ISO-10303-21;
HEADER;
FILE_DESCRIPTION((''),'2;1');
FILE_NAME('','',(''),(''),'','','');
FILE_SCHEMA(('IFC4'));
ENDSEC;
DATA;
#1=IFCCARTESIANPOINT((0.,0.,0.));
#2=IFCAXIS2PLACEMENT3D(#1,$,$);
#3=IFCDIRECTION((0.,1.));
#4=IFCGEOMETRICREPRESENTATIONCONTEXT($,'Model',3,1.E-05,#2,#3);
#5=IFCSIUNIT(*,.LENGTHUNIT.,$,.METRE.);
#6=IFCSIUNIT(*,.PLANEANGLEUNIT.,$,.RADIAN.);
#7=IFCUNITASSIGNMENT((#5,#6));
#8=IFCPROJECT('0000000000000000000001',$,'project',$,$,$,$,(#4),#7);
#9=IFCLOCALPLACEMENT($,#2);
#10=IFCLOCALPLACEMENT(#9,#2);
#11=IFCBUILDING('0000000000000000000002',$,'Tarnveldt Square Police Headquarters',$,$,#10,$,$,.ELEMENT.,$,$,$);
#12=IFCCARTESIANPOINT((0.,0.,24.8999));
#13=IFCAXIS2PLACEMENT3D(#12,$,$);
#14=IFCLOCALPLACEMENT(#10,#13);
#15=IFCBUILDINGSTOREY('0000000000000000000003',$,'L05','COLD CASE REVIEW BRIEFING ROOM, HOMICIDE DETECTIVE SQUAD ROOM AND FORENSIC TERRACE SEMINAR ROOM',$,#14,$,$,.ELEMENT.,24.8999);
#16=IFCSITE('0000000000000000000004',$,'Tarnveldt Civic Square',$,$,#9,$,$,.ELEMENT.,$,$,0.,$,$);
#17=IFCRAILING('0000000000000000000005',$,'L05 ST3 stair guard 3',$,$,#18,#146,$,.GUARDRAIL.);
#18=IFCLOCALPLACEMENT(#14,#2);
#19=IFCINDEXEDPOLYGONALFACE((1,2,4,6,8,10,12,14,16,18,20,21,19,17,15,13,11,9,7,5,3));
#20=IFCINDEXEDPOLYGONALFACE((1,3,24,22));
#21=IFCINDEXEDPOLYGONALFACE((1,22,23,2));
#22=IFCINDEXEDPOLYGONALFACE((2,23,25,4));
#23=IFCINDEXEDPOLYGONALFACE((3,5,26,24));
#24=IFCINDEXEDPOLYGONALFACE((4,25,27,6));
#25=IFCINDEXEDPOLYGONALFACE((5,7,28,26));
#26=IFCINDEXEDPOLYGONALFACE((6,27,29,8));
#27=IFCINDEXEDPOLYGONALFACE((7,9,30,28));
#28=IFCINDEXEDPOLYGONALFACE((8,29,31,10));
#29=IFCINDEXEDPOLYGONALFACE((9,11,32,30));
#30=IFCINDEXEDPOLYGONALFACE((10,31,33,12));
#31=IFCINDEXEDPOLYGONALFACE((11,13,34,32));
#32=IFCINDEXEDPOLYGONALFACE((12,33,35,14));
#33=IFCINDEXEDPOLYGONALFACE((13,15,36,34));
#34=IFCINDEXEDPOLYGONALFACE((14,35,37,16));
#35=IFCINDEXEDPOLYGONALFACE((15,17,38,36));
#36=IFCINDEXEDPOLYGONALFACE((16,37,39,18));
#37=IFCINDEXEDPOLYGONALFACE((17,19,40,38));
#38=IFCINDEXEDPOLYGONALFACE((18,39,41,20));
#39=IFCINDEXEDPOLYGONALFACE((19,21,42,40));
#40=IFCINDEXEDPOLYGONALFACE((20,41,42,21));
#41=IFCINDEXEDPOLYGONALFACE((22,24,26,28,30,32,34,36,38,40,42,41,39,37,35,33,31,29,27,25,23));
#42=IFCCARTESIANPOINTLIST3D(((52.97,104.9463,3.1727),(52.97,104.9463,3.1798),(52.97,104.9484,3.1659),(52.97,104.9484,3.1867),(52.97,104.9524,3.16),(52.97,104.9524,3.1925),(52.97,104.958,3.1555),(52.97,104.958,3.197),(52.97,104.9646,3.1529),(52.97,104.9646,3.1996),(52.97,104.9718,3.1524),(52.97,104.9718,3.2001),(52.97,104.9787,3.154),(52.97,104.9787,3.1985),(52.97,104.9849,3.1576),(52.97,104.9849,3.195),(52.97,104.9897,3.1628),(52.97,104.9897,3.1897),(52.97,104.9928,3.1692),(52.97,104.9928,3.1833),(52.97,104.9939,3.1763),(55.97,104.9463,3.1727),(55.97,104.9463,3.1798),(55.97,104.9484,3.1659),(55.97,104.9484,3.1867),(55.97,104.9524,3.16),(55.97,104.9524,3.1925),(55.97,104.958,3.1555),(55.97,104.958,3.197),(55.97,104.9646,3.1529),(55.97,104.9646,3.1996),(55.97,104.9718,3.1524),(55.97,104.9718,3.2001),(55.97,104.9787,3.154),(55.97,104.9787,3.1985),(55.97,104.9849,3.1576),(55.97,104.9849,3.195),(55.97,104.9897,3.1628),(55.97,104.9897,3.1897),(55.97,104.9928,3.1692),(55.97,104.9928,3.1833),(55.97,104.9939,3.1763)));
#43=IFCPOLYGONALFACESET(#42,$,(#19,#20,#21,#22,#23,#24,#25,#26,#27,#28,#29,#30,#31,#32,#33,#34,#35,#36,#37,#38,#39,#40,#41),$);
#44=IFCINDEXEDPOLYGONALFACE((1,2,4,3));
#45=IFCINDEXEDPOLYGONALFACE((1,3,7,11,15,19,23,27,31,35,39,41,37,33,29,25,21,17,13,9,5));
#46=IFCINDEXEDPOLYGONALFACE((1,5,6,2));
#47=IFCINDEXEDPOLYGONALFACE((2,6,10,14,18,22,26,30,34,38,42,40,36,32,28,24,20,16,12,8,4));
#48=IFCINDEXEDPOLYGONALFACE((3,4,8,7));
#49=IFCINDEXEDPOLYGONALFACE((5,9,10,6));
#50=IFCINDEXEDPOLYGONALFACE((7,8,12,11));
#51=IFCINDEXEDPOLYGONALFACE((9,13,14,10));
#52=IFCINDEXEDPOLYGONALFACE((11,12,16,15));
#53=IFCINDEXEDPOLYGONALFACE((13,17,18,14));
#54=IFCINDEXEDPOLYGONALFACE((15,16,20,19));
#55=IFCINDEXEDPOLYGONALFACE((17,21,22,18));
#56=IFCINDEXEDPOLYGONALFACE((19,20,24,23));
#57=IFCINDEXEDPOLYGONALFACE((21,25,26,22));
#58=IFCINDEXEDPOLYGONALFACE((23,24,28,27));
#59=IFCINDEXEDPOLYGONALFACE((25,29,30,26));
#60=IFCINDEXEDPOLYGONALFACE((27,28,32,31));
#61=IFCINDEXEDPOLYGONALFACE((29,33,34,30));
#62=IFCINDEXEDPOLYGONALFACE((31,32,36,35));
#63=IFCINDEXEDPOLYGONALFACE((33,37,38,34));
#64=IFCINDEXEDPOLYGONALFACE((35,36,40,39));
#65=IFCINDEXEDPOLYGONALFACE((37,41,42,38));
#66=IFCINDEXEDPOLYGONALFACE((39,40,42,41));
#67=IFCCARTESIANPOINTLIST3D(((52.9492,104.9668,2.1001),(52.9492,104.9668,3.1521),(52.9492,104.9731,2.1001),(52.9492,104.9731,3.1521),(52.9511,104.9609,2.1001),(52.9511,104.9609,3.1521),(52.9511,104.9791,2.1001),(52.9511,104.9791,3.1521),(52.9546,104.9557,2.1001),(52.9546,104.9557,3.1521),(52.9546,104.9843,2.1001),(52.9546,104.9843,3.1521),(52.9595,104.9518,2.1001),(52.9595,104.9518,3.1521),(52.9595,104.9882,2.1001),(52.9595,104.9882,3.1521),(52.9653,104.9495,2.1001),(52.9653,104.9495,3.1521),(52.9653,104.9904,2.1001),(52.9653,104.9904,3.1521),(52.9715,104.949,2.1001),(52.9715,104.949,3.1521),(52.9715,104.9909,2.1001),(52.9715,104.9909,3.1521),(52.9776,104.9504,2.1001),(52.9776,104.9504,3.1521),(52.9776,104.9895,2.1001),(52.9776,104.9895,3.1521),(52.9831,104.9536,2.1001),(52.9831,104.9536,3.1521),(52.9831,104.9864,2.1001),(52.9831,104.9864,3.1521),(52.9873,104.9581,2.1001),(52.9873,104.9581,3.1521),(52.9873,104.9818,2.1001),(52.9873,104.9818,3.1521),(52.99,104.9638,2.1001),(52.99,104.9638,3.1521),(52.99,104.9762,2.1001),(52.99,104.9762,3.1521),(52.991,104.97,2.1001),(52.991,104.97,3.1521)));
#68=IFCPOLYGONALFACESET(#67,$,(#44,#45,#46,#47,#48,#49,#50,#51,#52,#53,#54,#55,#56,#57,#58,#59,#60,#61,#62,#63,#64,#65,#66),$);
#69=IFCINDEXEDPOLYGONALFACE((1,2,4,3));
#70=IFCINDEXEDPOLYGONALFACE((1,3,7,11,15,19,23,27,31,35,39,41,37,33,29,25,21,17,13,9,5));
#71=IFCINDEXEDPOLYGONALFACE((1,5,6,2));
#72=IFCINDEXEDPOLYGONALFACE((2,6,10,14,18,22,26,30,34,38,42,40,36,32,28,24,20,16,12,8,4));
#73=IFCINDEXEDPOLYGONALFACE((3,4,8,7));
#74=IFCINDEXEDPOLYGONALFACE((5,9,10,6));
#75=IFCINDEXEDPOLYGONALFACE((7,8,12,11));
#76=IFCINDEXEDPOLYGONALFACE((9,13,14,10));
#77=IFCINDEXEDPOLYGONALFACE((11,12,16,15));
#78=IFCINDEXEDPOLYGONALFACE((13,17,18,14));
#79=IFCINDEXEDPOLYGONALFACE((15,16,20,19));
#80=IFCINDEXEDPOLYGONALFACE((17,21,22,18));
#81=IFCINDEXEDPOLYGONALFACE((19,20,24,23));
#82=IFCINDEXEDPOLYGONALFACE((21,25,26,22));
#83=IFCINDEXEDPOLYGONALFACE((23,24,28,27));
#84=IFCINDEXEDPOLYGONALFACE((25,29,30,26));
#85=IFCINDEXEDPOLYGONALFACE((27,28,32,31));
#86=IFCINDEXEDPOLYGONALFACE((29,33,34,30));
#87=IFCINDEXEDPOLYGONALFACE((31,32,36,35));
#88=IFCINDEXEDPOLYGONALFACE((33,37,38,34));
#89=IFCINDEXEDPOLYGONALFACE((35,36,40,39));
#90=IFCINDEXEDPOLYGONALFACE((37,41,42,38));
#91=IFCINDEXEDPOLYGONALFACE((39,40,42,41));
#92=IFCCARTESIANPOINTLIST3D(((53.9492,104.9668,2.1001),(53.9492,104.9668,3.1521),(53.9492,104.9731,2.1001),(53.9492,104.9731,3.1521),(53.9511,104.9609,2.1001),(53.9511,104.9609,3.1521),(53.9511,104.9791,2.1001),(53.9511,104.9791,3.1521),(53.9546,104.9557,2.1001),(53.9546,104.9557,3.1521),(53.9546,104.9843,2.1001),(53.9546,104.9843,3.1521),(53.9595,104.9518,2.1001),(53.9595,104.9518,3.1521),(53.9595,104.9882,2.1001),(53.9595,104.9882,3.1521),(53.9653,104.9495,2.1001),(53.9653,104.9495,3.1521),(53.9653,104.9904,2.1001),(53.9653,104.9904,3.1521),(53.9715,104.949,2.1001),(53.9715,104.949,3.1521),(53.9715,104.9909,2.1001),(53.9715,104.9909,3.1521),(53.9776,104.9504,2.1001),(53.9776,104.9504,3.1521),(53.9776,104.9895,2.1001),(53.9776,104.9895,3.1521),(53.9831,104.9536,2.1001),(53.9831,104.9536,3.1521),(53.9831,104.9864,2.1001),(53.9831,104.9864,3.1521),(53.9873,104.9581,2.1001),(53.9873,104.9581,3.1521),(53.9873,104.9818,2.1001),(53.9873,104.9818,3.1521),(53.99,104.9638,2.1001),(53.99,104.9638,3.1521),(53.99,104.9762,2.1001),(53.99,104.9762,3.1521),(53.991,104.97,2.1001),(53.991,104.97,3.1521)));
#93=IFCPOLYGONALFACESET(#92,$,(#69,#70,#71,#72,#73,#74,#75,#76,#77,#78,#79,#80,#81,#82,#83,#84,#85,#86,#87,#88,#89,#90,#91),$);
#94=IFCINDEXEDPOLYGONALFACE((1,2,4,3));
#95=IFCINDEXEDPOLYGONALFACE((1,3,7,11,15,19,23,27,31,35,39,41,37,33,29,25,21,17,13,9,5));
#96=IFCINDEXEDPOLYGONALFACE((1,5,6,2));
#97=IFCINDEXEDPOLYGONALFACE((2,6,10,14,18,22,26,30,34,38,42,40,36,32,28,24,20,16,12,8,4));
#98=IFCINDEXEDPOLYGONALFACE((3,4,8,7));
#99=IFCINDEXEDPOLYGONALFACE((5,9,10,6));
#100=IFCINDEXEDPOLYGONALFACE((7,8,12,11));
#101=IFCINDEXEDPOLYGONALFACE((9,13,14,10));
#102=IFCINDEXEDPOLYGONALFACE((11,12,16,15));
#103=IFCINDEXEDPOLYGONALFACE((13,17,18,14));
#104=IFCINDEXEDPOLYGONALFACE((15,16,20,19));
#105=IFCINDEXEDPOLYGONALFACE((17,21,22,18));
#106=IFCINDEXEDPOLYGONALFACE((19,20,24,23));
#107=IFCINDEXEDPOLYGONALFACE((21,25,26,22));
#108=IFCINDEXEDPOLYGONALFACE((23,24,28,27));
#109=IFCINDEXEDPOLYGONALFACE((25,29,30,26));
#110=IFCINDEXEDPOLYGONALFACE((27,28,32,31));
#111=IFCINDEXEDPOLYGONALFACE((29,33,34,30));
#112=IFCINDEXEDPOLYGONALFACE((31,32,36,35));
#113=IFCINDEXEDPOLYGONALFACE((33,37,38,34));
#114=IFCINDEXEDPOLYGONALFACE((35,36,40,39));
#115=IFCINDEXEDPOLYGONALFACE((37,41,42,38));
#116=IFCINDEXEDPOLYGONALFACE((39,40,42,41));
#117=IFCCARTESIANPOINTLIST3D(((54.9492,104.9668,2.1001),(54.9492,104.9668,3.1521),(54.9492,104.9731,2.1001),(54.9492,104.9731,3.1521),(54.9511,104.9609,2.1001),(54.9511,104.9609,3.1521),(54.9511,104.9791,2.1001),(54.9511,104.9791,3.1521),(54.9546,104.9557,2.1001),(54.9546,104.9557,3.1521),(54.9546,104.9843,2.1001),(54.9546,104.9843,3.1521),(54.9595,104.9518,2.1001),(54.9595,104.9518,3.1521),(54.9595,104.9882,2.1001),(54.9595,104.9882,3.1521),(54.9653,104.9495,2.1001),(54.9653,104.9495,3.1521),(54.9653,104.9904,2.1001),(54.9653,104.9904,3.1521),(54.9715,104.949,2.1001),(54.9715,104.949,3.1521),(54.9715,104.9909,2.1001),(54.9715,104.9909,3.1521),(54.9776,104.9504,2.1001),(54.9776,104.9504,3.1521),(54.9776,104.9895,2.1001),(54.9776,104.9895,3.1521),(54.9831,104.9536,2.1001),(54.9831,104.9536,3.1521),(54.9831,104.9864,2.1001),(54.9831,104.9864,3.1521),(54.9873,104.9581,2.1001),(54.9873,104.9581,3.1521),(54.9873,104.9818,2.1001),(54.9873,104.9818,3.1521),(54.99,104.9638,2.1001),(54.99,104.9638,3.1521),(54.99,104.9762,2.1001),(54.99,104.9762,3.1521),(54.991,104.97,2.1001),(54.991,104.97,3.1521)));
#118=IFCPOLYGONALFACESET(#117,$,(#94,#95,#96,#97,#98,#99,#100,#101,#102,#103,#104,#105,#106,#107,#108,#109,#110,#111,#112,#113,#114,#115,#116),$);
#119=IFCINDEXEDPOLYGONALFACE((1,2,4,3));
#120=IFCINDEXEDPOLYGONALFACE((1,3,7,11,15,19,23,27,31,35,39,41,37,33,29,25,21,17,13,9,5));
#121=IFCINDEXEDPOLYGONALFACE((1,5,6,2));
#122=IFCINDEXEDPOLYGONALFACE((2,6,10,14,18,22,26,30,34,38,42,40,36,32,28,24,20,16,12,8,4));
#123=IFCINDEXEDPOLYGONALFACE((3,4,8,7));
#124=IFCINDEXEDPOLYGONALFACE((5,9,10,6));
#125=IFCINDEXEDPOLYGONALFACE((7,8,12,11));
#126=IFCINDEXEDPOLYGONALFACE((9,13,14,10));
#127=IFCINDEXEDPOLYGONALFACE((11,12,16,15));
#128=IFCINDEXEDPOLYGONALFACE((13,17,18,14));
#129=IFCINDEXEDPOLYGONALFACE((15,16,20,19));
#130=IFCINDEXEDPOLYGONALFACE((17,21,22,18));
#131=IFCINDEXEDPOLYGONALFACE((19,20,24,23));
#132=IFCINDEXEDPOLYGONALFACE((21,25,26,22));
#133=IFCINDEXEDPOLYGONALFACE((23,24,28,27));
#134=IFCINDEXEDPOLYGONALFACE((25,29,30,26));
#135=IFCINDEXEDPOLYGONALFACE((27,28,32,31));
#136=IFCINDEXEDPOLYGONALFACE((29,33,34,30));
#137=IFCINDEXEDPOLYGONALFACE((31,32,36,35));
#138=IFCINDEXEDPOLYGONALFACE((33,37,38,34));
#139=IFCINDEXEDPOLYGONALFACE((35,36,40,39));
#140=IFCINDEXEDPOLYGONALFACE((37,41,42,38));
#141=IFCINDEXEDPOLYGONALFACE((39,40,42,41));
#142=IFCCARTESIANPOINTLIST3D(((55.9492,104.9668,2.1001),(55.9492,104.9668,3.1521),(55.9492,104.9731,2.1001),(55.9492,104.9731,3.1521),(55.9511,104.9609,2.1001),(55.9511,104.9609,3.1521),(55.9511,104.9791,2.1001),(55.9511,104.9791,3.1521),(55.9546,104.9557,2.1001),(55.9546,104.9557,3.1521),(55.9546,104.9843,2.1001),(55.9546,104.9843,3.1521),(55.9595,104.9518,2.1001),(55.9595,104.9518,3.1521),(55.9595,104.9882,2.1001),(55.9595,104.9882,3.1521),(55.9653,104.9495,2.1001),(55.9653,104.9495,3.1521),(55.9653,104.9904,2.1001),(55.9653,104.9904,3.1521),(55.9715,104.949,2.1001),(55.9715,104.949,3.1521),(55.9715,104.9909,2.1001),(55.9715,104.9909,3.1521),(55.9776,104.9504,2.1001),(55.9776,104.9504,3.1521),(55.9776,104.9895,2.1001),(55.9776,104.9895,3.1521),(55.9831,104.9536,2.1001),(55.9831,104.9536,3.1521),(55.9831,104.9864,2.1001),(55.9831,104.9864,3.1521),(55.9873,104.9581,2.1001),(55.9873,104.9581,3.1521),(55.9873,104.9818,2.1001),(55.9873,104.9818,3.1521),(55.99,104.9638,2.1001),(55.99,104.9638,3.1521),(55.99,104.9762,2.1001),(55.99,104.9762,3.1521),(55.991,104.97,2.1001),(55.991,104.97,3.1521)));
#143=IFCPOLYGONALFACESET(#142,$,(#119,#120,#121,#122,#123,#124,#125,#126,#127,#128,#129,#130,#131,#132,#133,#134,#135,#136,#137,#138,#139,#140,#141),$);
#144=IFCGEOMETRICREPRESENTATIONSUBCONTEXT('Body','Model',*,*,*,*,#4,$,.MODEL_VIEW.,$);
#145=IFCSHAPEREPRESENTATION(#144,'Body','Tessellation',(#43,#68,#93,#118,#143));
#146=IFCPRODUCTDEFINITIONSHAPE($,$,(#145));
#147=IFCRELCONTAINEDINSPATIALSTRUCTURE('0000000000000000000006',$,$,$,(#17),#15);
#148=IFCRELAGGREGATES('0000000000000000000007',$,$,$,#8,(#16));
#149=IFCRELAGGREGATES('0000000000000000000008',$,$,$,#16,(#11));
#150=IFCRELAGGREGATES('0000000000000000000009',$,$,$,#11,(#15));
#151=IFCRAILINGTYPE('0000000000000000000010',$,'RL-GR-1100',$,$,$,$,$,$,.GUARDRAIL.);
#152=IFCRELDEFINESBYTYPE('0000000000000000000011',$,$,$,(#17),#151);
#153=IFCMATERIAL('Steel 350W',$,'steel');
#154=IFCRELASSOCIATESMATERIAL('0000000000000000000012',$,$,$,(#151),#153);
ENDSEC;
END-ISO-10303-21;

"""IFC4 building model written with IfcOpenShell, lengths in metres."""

from ifc_helpers import new_model, si_unit, direction, frame, origin, origin_2d, place, context, subcontext, project, spatial, circle, extrude, material, type_object, element, save


model = new_model("IFC4")

# Units and contexts
model_context = context("Model", 3, precision=1e-05, world=origin(), true_north=direction((0.0, 1.0)))
body_context = subcontext(model_context, "Body", "Model", "MODEL_VIEW")
ifc_project = project(units=[si_unit("LENGTHUNIT", "METRE"), si_unit("PLANEANGLEUNIT", "RADIAN")], contexts=[model_context])

# Site, building, storey
site_placement = place(None, origin())
site = spatial("IfcSite", under=ifc_project, at=site_placement, Name="Tarnveldt Civic Square", CompositionType="ELEMENT", RefElevation=0.0)
building_placement = place(site_placement, origin())
building = spatial("IfcBuilding", under=site, at=building_placement, Name="Tarnveldt Square Police Headquarters", CompositionType="ELEMENT")
storey_placement = place(building_placement, frame((0.0, 0.0, 24.8999)))
storey = spatial("IfcBuildingStorey", under=building, at=storey_placement, Name="L05", Description="COLD CASE REVIEW BRIEFING ROOM, HOMICIDE DETECTIVE SQUAD ROOM AND FORENSIC TERRACE SEMINAR ROOM", CompositionType="ELEMENT", Elevation=24.8999)

# Shared definitions
ifc_material_1 = material(Name="Steel 350W", Category="steel")

# Railing
railing_type_1 = type_object("IfcRailingType", Name="RL-GR-1100", PredefinedType="GUARDRAIL", material=ifc_material_1)
railing_1_placement = place(storey_placement, frame((52.97, 104.97, 2.1001)))
element("IfcRailing", 1, at=railing_1_placement, inside=storey, type_object=railing_type_1, Name="L05 ST3 stair guard 3", PredefinedType="GUARDRAIL", context=body_context, shape_type="SweptSolid", body=[
    extrude(circle(Radius=0.0239, at=origin_2d()), frame((0.0, 0.0, 1.0762), z_axis=(1.0, 0.0, 0.0), x_axis=(0.0, 1.0, 0.0)), (0.0, 0.0, 1.0), 3.0),
    extrude(circle(Radius=0.021, at=origin_2d()), origin(), (0.0, 0.0, 1.0), 1.052),
    extrude(circle(Radius=0.021, at=origin_2d()), frame((1.0, 0.0, 0.0)), (0.0, 0.0, 1.0), 1.052),
    extrude(circle(Radius=0.021, at=origin_2d()), frame((2.0, 0.0, 0.0)), (0.0, 0.0, 1.0), 1.052),
    extrude(circle(Radius=0.021, at=origin_2d()), frame((3.0, 0.0, 0.0)), (0.0, 0.0, 1.0), 1.052),
])

save(model, "model.ifc")
